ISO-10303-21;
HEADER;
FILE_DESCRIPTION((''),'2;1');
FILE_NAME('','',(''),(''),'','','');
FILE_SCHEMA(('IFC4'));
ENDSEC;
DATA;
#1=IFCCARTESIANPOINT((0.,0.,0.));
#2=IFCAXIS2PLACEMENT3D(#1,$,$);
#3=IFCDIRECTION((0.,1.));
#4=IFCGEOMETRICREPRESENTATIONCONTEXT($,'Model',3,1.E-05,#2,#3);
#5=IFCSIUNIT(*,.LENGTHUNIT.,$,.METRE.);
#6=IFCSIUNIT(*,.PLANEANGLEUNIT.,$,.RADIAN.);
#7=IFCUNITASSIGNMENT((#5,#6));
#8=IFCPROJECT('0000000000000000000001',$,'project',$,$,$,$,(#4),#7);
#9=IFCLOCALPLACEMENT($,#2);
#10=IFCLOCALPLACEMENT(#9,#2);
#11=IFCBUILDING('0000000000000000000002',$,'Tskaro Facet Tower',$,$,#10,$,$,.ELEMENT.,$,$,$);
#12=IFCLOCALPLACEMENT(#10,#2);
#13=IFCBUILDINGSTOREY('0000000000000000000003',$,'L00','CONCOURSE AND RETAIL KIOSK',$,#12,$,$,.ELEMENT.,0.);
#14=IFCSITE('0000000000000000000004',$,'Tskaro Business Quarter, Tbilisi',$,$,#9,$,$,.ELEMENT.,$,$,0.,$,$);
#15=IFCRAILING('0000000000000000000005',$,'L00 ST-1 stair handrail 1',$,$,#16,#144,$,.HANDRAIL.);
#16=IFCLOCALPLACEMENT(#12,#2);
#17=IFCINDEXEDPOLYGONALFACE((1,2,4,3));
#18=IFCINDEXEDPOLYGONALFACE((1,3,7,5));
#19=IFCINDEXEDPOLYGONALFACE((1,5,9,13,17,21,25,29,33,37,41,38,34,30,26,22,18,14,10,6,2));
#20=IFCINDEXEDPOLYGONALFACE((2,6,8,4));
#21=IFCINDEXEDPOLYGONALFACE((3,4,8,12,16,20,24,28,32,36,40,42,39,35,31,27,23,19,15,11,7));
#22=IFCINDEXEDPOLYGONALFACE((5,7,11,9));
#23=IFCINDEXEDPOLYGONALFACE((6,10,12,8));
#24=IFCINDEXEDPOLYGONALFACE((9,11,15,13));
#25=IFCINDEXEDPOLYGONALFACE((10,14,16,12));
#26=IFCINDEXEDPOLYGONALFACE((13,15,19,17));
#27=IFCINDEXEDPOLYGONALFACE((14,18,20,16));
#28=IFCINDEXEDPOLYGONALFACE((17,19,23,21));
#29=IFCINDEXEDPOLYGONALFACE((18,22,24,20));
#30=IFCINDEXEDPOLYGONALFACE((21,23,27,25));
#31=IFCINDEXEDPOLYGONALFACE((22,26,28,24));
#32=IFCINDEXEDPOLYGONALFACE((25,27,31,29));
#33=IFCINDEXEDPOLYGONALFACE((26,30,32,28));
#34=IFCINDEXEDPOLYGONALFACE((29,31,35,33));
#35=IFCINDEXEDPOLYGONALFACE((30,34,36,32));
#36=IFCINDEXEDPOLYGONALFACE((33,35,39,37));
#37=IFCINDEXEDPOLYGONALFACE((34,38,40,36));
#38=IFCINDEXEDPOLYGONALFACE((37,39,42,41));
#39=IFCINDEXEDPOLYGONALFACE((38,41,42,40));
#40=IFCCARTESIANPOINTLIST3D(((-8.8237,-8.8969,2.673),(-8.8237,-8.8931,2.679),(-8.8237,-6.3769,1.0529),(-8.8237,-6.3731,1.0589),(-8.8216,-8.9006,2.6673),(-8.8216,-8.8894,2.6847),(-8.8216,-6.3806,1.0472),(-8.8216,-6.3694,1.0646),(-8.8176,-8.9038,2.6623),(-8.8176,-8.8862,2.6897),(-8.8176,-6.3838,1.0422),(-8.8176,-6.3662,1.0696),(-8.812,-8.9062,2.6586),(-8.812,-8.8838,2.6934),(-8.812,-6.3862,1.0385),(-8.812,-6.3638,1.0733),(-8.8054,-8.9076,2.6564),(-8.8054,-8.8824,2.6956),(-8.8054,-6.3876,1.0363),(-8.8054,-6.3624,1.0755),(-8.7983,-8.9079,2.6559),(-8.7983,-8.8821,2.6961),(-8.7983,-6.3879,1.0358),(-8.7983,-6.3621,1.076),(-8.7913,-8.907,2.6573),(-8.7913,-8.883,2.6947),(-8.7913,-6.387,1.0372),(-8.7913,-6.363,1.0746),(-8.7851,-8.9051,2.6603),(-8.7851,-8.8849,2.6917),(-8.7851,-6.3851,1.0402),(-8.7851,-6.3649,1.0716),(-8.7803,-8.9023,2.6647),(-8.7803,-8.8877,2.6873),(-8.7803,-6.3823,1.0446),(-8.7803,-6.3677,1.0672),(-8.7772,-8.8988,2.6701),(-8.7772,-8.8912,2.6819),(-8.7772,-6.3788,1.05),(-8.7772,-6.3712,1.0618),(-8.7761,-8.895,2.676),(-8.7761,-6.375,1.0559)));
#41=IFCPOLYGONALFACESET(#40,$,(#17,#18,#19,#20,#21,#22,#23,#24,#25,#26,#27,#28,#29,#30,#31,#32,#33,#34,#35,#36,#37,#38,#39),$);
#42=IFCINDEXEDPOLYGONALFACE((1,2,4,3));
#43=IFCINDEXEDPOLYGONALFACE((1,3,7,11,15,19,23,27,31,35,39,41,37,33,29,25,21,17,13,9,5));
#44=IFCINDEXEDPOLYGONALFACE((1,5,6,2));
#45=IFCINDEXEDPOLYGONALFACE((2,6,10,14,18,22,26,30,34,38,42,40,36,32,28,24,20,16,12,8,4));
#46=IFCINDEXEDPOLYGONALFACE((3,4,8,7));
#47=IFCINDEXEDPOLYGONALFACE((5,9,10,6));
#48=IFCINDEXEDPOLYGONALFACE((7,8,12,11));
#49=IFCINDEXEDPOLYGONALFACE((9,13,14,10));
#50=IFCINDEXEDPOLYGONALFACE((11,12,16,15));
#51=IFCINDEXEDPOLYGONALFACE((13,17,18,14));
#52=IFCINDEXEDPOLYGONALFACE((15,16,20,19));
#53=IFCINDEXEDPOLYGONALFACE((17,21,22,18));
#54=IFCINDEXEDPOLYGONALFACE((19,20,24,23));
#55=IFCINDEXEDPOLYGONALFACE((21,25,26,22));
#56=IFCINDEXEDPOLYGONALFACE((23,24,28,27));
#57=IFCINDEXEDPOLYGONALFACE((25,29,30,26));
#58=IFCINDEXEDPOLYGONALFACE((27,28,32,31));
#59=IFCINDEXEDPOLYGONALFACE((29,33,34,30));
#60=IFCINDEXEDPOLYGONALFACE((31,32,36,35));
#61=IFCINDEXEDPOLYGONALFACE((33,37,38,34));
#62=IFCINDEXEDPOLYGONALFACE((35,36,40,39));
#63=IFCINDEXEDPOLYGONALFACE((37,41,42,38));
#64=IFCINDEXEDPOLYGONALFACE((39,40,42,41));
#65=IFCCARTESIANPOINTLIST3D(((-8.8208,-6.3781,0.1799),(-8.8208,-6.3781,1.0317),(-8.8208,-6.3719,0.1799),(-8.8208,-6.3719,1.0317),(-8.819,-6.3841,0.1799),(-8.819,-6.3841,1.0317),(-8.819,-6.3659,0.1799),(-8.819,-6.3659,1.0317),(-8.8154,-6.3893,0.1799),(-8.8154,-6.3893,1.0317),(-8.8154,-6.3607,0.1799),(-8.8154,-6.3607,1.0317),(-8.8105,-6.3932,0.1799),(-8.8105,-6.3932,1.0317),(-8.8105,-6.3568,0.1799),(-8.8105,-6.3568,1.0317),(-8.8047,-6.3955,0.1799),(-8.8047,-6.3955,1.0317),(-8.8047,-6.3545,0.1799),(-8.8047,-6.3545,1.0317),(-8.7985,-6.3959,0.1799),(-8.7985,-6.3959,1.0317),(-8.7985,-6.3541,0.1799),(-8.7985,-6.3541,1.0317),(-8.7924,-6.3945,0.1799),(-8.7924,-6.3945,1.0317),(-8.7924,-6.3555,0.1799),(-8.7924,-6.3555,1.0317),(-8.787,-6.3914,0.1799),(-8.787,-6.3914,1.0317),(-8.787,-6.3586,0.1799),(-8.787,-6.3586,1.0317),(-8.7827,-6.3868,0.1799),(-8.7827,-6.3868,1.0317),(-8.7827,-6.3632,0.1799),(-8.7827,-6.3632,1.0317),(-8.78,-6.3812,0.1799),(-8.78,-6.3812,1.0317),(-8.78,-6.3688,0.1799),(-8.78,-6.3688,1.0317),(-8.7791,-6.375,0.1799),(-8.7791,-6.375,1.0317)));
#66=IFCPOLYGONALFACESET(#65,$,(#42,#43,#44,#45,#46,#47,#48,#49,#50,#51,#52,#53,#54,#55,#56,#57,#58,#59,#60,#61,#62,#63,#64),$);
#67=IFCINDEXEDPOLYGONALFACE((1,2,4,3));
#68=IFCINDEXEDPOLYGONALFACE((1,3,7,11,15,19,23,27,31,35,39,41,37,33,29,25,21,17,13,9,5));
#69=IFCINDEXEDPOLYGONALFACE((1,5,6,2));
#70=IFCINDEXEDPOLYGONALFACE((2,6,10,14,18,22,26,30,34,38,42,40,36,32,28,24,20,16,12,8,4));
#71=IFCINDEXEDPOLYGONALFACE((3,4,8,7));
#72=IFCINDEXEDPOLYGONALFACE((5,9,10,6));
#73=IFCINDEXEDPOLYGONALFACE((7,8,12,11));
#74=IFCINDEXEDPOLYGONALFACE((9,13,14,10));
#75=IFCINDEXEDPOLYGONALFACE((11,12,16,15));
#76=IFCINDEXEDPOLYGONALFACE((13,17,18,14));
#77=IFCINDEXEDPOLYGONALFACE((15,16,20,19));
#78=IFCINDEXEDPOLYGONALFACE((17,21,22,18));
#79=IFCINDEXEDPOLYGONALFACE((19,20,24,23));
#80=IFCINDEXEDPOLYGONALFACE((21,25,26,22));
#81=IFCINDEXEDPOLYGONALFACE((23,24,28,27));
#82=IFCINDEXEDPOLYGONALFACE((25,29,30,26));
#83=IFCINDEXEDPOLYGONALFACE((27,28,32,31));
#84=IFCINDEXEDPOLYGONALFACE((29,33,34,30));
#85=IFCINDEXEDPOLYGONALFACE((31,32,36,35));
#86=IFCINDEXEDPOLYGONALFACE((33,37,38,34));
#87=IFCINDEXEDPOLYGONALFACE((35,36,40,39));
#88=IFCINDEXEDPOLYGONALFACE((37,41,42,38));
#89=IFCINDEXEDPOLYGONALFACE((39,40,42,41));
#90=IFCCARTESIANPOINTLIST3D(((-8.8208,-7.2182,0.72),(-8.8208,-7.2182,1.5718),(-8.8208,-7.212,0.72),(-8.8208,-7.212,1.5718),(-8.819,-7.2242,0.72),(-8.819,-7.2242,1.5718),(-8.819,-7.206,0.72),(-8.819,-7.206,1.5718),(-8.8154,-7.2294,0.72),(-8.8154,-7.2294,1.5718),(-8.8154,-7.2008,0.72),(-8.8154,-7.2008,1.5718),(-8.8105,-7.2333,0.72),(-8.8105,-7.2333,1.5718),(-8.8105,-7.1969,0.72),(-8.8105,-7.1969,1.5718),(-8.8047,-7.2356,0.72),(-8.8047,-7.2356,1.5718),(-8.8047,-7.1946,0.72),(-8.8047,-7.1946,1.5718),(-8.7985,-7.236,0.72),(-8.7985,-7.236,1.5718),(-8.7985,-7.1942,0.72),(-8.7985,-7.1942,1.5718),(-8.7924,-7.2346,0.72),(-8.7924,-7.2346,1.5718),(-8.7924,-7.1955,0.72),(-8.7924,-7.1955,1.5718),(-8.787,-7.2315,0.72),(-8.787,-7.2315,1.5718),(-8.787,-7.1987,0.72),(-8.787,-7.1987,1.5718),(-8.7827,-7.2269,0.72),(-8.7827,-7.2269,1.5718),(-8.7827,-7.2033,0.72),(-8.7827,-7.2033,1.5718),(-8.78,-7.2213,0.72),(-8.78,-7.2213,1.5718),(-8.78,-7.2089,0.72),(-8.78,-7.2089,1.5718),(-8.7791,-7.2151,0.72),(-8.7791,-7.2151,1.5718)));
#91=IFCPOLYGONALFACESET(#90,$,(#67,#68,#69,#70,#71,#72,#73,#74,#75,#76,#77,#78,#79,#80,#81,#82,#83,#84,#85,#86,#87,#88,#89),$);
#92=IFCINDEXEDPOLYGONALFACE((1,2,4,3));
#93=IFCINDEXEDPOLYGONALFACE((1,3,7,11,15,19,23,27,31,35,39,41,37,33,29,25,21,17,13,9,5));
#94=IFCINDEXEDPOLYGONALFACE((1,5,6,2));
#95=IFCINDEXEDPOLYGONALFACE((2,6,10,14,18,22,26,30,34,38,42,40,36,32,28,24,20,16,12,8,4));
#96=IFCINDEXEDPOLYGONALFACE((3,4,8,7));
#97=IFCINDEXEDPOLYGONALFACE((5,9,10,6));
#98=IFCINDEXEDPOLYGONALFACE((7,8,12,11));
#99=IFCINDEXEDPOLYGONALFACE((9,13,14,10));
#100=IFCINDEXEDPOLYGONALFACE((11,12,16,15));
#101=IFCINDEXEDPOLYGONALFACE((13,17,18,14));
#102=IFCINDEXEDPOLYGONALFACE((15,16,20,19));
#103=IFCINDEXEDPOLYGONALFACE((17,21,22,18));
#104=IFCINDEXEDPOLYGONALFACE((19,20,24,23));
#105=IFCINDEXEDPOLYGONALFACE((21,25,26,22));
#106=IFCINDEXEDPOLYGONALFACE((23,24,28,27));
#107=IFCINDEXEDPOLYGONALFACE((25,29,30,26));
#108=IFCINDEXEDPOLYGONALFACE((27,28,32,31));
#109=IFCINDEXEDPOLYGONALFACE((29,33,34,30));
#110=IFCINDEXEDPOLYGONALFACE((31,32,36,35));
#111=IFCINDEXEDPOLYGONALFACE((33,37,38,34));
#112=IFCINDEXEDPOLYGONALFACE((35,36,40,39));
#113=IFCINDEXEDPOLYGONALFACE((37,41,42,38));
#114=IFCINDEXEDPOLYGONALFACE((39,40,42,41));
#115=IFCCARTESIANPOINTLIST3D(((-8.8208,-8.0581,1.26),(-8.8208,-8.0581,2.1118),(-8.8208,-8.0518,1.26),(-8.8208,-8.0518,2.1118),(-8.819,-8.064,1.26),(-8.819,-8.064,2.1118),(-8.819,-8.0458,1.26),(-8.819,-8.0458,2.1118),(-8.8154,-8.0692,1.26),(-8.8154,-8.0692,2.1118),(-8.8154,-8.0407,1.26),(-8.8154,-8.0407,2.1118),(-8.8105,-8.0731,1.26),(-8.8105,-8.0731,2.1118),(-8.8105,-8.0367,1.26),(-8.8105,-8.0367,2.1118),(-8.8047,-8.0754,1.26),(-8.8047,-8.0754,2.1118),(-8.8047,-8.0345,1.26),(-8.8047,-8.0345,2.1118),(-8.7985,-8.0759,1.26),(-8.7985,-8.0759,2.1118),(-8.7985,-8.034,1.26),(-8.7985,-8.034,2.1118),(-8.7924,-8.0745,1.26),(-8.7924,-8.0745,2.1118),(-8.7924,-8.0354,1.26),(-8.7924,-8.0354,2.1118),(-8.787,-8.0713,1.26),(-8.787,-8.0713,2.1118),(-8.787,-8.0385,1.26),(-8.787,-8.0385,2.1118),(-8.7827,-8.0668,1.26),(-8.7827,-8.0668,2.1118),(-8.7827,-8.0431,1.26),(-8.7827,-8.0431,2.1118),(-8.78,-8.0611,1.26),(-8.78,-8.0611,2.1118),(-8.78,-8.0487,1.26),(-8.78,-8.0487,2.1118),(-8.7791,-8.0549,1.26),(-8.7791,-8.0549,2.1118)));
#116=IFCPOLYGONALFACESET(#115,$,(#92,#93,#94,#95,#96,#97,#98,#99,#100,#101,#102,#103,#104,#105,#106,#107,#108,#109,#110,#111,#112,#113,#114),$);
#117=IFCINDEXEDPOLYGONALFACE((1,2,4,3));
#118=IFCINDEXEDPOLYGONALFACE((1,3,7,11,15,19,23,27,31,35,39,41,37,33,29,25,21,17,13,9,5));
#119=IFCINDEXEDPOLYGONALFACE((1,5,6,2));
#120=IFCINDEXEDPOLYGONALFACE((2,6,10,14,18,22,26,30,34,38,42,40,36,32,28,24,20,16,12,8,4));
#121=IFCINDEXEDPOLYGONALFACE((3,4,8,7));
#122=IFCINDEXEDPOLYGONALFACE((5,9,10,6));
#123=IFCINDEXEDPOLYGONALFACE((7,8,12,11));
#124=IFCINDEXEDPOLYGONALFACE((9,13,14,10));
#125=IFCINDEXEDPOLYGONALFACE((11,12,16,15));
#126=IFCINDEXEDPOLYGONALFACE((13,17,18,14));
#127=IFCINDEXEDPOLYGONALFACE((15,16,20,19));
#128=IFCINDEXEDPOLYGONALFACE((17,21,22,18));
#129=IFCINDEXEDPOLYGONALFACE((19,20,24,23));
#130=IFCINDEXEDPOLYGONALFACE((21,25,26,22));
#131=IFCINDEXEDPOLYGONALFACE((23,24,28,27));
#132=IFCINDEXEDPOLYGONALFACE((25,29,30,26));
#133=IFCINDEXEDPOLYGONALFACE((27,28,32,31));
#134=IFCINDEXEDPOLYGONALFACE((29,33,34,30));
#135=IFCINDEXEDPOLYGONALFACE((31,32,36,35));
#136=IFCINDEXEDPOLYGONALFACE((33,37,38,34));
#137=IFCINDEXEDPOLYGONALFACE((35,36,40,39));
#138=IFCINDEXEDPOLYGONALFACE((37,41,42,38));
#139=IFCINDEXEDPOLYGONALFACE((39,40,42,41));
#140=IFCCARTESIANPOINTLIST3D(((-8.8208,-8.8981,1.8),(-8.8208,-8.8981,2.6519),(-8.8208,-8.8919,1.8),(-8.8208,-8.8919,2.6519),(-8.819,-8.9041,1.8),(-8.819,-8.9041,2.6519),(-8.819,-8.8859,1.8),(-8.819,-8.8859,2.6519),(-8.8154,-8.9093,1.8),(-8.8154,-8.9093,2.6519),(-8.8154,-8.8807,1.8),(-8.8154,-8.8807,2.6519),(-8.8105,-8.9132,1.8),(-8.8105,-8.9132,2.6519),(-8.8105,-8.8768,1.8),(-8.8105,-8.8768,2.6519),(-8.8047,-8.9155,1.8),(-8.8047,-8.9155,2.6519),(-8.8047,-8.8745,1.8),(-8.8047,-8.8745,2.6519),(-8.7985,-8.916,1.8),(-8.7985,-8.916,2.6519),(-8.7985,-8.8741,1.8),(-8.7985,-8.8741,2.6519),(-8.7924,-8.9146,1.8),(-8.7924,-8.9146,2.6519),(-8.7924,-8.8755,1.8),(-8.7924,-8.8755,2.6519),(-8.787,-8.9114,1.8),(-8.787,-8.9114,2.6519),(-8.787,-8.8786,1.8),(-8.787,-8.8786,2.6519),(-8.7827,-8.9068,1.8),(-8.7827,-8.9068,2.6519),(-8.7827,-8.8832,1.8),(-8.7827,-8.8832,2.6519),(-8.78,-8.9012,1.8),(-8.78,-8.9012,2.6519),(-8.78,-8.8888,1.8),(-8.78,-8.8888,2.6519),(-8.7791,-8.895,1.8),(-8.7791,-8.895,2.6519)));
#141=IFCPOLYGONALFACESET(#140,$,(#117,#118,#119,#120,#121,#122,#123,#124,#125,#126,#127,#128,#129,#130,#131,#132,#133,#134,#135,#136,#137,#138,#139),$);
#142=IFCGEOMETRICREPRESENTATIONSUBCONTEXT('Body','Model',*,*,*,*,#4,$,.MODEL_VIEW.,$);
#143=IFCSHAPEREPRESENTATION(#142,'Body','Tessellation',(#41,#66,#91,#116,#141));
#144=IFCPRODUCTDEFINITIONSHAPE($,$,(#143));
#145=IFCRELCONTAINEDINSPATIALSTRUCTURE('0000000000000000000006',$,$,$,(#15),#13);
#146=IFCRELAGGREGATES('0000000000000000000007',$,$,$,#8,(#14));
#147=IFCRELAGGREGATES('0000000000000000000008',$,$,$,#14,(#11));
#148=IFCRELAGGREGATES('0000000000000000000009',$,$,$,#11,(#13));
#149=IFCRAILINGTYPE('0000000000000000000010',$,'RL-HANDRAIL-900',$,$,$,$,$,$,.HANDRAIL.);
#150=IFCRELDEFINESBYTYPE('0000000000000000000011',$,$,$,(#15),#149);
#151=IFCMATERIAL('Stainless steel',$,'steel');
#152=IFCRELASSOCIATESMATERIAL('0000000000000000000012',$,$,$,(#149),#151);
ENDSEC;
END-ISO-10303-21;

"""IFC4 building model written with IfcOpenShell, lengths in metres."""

from ifc_helpers import new_model, si_unit, direction, frame, origin, origin_2d, place, context, subcontext, project, spatial, circle, extrude, material, type_object, element, save


model = new_model("IFC4")

# Units and contexts
model_context = context("Model", 3, precision=1e-05, world=origin(), true_north=direction((0.0, 1.0)))
body_context = subcontext(model_context, "Body", "Model", "MODEL_VIEW")
ifc_project = project(units=[si_unit("LENGTHUNIT", "METRE"), si_unit("PLANEANGLEUNIT", "RADIAN")], contexts=[model_context])

# Site, building, storey
site_placement = place(None, origin())
site = spatial("IfcSite", under=ifc_project, at=site_placement, Name="Tskaro Business Quarter, Tbilisi", CompositionType="ELEMENT", RefElevation=0.0)
building_placement = place(site_placement, origin())
building = spatial("IfcBuilding", under=site, at=building_placement, Name="Tskaro Facet Tower", CompositionType="ELEMENT")
storey_placement = place(building_placement, origin())
storey = spatial("IfcBuildingStorey", under=building, at=storey_placement, Name="L00", Description="CONCOURSE AND RETAIL KIOSK", CompositionType="ELEMENT", Elevation=0.0)

# Shared definitions
ifc_material_1 = material(Name="Stainless steel", Category="steel")

# Railing
railing_type = type_object("IfcRailingType", Name="RL-HANDRAIL-900", PredefinedType="HANDRAIL", material=ifc_material_1)
railing_1_placement = place(storey_placement, frame((-8.8, -6.375, 0.1799)))
element("IfcRailing", 1, at=railing_1_placement, inside=storey, type_object=railing_type, Name="L00 ST-1 stair handrail 1", PredefinedType="HANDRAIL", context=body_context, shape_type="SweptSolid", body=[
    extrude(circle(Radius=0.0239, at=origin_2d()), frame((0.0, 0.0, 0.876), z_axis=(0.0, -0.841163, 0.540782), x_axis=(1.0, 0.0, 0.0)), (0.0, 0.0, 1.0), 2.9958),
    extrude(circle(Radius=0.021, at=origin_2d()), origin(), (0.0, 0.0, 1.0), 0.8518),
    extrude(circle(Radius=0.021, at=origin_2d()), frame((0.0, -0.8401, 0.54)), (0.0, 0.0, 1.0), 0.8518),
    extrude(circle(Radius=0.021, at=origin_2d()), frame((0.0, -1.6799, 1.0801)), (0.0, 0.0, 1.0), 0.8518),
    extrude(circle(Radius=0.021, at=origin_2d()), frame((0.0, -2.52, 1.6201)), (0.0, 0.0, 1.0), 0.8518),
])

save(model, "model.ifc")
